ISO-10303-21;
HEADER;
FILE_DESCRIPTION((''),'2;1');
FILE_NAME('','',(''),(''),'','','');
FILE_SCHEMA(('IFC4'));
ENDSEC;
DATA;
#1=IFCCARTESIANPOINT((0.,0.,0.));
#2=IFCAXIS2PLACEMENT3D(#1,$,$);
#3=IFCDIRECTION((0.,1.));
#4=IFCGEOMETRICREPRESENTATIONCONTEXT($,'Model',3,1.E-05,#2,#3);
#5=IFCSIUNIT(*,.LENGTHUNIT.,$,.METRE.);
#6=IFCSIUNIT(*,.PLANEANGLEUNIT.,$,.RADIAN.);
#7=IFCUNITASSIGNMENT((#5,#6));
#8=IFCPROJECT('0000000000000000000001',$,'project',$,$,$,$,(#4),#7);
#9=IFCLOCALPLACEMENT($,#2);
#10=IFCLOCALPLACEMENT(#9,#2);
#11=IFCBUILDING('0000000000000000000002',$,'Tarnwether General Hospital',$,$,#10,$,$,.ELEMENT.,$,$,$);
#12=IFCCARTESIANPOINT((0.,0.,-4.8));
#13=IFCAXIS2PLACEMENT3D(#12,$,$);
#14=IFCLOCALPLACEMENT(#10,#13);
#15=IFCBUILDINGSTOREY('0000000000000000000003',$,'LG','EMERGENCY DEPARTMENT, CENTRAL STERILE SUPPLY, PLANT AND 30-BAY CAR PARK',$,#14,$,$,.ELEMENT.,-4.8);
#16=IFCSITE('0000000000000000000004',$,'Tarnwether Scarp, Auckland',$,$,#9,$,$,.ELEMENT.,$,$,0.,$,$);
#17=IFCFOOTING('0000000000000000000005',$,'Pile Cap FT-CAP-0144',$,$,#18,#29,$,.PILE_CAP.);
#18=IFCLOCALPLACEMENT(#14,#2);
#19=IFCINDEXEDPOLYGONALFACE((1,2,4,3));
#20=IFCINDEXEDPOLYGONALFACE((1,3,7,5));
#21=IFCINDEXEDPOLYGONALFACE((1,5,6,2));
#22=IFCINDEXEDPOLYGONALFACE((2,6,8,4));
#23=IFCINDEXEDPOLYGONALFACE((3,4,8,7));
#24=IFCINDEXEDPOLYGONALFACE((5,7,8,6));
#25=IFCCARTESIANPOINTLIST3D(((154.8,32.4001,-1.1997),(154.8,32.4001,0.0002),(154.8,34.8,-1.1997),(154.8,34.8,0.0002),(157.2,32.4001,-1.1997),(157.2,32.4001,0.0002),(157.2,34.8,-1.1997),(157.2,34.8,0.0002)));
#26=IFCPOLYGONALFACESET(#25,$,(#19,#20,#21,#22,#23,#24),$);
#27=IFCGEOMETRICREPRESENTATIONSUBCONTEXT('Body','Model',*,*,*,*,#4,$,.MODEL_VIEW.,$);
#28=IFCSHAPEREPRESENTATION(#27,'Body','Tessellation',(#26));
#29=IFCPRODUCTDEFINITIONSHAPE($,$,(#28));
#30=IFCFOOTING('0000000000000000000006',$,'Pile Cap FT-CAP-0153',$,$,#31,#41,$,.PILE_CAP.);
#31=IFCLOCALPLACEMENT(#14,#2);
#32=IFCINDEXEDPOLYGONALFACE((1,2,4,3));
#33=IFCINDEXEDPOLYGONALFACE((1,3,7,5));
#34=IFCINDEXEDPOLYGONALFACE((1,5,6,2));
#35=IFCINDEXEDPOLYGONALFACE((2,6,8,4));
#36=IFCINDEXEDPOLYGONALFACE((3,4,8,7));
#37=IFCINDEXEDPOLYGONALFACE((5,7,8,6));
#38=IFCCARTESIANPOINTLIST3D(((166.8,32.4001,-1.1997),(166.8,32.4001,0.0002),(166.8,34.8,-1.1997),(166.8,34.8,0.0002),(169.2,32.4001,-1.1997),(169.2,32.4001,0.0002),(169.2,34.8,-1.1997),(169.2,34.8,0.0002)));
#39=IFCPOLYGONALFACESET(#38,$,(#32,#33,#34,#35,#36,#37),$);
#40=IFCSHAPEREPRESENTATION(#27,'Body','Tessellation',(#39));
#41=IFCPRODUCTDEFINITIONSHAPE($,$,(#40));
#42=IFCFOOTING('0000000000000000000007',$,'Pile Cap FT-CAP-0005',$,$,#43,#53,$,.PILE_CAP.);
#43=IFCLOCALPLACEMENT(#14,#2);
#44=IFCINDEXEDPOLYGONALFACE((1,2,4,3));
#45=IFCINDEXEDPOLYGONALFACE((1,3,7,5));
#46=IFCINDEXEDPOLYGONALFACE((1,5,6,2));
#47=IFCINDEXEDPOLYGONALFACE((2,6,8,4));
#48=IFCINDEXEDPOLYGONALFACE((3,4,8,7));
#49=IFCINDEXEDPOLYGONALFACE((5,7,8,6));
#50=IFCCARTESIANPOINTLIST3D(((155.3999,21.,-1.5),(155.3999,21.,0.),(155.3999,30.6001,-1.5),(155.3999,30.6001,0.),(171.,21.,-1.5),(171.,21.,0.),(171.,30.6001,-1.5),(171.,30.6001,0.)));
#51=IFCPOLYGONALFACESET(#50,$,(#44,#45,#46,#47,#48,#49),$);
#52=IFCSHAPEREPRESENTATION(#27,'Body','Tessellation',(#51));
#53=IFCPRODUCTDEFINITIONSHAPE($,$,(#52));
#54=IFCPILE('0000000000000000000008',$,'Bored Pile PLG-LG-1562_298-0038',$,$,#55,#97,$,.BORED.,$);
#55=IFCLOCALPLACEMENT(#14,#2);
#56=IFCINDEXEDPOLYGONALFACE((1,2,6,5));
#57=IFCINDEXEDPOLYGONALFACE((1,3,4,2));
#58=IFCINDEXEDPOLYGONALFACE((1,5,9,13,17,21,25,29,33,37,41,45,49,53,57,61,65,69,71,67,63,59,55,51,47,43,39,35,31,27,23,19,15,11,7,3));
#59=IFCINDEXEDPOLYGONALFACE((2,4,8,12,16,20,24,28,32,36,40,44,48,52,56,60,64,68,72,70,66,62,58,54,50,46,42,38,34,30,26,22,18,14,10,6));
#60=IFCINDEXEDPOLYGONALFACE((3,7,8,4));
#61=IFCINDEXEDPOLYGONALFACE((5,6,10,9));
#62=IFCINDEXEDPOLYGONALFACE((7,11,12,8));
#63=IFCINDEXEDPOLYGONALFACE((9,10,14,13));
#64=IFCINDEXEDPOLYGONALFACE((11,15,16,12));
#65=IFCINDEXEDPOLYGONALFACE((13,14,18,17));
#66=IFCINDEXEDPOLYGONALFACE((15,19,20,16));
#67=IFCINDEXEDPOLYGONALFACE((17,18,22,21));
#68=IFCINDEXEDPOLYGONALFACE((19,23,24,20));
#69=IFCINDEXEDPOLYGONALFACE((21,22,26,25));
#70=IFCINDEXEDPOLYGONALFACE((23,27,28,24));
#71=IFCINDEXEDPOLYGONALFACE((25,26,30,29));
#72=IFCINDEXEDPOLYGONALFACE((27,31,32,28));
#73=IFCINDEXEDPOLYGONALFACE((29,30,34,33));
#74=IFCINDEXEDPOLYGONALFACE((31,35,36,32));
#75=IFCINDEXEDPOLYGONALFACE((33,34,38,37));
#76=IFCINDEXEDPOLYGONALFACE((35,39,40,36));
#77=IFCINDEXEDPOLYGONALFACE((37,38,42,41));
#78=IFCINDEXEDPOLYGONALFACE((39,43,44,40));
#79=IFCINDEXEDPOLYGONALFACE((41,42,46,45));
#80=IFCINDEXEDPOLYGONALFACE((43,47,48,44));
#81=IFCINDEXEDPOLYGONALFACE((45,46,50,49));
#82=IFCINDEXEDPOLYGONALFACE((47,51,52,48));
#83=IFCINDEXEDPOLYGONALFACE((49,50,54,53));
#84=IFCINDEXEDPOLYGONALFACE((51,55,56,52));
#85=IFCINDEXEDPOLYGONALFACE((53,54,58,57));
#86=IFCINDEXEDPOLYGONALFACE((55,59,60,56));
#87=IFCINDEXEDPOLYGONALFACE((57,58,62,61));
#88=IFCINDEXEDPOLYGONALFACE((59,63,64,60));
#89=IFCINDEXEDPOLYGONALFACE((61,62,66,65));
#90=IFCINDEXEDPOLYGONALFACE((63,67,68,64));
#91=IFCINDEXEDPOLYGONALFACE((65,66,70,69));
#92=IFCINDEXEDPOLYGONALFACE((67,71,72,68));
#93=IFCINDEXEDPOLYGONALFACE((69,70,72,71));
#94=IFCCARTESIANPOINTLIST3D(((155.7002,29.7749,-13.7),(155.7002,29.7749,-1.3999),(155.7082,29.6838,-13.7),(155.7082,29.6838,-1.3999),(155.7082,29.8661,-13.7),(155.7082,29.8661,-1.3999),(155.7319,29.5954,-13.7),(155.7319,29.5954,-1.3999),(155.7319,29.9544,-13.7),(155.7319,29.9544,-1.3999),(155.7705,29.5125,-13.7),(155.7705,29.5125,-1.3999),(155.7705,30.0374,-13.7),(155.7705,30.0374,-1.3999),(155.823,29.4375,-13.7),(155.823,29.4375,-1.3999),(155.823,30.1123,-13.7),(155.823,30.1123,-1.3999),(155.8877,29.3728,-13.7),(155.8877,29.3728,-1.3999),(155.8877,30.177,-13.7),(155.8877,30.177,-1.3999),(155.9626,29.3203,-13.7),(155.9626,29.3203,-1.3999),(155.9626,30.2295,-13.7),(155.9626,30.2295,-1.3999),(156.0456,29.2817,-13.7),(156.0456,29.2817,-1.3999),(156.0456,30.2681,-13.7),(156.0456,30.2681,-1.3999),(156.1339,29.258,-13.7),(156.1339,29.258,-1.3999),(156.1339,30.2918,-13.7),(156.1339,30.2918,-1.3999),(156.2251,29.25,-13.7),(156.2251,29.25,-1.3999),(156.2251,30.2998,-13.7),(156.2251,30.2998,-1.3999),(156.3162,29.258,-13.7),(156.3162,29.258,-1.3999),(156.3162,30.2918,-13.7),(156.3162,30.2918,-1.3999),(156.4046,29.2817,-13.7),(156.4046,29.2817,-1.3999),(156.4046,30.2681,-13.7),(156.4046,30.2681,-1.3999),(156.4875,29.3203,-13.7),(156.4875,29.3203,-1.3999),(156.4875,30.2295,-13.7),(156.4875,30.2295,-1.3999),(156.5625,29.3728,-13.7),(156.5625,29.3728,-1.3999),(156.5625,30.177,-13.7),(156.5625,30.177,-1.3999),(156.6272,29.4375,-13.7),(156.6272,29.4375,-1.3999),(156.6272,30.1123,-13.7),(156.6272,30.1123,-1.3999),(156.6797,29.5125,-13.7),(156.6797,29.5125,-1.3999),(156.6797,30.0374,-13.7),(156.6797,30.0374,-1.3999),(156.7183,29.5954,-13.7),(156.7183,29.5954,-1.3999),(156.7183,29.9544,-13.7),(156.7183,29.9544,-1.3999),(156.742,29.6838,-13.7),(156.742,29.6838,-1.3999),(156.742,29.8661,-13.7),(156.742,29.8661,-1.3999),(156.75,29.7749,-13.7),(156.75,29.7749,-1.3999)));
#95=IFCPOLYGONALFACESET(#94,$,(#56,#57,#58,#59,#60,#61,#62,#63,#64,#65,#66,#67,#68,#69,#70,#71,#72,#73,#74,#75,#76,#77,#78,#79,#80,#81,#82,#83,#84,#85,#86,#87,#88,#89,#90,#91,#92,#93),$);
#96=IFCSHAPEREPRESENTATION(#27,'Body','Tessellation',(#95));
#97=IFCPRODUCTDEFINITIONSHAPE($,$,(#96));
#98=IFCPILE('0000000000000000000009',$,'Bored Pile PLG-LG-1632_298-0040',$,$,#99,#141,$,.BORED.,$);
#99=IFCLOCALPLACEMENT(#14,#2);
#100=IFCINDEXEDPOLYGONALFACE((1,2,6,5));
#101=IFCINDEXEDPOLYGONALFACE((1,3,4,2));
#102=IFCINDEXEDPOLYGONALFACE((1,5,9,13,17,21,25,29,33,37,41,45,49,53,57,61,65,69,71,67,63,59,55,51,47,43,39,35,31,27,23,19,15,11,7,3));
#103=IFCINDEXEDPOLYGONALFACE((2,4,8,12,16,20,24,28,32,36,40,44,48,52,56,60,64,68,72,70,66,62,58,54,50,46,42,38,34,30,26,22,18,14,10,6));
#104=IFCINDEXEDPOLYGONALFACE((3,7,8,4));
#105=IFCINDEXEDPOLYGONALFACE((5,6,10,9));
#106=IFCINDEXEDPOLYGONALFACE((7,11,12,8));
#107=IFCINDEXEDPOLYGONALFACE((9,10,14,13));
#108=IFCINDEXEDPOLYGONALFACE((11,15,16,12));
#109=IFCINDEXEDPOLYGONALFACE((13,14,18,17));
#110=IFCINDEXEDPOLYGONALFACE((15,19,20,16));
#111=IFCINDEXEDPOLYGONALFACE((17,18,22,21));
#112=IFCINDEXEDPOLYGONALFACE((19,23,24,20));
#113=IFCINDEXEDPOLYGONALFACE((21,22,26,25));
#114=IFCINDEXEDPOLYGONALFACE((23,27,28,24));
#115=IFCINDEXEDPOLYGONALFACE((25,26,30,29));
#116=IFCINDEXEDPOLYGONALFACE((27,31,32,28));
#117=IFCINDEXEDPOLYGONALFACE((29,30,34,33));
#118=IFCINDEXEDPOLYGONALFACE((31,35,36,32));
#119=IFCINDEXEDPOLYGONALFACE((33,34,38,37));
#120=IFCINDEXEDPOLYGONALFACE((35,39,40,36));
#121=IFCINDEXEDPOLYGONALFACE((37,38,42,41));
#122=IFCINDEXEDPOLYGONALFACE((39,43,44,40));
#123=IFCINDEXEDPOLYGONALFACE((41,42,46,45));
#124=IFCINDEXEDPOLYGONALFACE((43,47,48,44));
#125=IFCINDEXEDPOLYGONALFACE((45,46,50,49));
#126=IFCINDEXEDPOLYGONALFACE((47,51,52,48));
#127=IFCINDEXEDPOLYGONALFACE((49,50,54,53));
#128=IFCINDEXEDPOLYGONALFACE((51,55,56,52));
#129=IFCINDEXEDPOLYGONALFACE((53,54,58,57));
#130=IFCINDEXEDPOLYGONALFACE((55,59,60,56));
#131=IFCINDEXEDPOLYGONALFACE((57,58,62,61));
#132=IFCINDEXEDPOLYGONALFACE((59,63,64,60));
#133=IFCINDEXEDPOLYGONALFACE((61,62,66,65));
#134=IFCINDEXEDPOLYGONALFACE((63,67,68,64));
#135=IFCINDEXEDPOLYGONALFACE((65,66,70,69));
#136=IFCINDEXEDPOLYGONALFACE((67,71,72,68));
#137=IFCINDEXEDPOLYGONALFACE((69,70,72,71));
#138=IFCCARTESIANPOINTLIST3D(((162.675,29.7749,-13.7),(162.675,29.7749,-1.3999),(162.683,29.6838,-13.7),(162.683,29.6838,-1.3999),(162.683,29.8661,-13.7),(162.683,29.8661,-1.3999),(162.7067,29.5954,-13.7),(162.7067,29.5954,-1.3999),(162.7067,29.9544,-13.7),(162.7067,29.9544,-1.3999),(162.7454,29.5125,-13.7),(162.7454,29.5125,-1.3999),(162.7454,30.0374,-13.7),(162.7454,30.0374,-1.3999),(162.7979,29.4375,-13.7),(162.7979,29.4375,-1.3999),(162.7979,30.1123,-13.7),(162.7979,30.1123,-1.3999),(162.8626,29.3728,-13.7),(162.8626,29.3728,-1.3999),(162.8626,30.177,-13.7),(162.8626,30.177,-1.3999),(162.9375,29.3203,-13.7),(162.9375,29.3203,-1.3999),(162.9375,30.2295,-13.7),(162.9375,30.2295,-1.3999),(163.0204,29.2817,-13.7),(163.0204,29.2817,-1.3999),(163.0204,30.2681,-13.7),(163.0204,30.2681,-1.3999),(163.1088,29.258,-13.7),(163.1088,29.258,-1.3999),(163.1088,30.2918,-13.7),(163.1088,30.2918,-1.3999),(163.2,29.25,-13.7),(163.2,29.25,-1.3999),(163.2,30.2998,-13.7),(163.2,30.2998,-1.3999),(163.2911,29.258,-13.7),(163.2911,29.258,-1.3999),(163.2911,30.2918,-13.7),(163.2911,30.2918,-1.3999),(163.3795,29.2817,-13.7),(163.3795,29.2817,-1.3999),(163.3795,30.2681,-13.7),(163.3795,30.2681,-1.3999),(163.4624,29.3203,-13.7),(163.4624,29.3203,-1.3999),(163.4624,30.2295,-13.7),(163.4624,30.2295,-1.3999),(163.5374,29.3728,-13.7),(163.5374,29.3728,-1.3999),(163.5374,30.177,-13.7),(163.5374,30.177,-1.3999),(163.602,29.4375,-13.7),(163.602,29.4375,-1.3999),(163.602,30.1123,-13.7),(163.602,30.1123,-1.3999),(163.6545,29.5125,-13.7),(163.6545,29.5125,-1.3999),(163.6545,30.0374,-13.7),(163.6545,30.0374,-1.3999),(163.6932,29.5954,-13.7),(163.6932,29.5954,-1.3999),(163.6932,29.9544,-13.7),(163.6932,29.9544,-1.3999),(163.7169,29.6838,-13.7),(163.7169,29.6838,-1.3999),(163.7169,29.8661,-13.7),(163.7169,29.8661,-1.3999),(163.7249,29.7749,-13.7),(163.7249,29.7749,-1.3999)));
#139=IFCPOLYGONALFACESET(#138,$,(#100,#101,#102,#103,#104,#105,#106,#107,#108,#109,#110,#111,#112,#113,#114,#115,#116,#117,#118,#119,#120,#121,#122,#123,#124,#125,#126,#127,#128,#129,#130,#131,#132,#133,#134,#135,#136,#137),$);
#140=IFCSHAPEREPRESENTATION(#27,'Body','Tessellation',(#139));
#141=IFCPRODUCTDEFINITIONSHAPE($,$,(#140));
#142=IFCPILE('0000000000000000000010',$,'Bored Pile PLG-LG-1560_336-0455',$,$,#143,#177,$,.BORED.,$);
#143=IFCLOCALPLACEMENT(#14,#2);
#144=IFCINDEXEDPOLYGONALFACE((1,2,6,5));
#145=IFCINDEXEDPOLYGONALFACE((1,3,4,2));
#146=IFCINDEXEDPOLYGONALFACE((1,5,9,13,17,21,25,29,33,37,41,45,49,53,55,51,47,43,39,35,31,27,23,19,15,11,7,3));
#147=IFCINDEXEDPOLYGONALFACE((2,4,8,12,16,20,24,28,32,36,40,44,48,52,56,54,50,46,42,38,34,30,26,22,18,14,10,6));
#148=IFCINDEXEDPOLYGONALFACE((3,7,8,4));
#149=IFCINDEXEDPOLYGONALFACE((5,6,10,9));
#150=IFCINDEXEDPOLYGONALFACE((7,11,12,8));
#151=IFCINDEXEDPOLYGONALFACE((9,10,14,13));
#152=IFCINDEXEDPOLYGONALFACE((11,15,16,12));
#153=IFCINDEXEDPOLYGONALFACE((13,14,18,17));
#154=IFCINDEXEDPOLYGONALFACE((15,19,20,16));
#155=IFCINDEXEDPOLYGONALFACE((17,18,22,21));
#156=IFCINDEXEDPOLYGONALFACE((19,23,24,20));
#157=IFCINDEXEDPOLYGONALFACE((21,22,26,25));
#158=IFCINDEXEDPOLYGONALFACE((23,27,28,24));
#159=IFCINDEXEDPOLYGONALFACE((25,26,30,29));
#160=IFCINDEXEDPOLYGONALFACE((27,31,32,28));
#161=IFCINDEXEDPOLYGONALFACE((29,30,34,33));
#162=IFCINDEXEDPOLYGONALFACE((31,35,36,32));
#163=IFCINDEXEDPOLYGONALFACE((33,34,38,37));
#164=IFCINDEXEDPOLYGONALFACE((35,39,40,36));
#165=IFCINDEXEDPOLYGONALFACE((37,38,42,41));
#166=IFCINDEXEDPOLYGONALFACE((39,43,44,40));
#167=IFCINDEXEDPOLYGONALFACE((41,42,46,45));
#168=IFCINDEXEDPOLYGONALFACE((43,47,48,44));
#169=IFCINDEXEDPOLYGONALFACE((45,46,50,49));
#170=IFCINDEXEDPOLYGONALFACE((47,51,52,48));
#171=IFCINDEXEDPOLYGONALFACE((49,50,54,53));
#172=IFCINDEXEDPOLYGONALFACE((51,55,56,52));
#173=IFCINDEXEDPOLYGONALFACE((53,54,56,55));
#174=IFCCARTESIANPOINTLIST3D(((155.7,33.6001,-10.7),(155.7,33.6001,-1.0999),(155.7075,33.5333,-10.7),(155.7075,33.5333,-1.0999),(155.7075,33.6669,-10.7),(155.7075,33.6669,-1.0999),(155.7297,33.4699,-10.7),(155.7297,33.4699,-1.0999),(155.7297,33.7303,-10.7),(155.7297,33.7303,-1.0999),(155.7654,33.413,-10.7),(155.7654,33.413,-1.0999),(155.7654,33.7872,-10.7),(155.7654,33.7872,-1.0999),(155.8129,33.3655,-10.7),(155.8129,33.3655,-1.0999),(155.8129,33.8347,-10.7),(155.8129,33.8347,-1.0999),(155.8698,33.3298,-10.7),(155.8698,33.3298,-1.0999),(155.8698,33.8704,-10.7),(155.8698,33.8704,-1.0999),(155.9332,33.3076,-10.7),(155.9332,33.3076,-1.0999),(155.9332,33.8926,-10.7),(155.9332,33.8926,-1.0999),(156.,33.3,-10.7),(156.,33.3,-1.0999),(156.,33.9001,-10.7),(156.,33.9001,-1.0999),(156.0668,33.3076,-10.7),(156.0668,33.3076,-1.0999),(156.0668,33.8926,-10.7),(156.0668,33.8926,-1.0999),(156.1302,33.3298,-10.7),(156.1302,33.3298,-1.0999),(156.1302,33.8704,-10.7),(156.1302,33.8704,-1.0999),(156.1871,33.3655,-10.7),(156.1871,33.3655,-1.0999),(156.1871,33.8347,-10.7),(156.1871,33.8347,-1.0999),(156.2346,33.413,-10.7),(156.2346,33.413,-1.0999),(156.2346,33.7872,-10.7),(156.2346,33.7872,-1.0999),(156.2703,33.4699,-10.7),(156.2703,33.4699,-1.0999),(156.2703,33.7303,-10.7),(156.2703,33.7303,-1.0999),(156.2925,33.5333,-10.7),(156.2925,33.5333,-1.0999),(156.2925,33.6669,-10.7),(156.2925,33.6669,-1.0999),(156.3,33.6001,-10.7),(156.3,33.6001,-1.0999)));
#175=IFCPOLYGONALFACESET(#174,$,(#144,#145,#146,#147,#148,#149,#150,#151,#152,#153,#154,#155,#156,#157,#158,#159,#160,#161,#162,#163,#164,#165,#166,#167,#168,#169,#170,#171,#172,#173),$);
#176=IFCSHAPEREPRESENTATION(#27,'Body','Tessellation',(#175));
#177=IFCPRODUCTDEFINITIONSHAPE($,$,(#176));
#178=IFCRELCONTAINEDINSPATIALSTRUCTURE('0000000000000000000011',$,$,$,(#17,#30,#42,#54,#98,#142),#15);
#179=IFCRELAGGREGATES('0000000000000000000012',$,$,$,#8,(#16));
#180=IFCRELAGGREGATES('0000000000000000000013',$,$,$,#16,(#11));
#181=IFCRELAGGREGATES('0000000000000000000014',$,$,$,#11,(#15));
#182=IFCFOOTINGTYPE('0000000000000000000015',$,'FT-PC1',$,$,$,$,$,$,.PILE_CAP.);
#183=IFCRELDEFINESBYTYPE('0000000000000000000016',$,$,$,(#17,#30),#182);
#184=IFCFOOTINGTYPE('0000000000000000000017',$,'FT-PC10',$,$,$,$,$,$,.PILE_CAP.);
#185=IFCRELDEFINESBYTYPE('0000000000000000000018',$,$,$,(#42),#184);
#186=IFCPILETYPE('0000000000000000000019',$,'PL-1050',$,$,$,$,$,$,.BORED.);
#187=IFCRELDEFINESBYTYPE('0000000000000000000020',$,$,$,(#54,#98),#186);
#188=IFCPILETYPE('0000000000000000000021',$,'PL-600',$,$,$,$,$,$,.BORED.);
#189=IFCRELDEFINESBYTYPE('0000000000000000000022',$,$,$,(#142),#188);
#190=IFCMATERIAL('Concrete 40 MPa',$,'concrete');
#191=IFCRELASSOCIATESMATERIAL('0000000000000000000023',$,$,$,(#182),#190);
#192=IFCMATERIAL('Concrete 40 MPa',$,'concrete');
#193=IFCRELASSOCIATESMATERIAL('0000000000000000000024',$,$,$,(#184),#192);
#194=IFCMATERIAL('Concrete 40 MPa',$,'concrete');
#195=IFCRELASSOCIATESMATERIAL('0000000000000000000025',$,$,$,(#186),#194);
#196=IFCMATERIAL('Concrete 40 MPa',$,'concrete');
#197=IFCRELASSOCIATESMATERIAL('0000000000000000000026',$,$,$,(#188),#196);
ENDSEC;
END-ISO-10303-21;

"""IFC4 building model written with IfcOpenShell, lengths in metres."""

from ifc_helpers import new_model, si_unit, direction, frame, origin, origin_2d, place, context, subcontext, project, spatial, rectangle, circle, extrude, material, material_profile, profile_set, type_object, element, save


model = new_model("IFC4")

# Units and contexts
model_context = context("Model", 3, precision=1e-05, world=origin(), true_north=direction((0.0, 1.0)))
body_context = subcontext(model_context, "Body", "Model", "MODEL_VIEW")
ifc_project = project(units=[si_unit("LENGTHUNIT", "METRE"), si_unit("PLANEANGLEUNIT", "RADIAN")], contexts=[model_context])

# Site, building, storey
site_placement = place(None, origin())
site = spatial("IfcSite", under=ifc_project, at=site_placement, Name="Tarnwether Scarp, Auckland", CompositionType="ELEMENT", RefElevation=0.0)
building_placement = place(site_placement, origin())
building = spatial("IfcBuilding", under=site, at=building_placement, Name="Tarnwether General Hospital", CompositionType="ELEMENT")
storey_placement = place(building_placement, frame((0.0, 0.0, -4.8)))
storey = spatial("IfcBuildingStorey", under=building, at=storey_placement, Name="LG", Description="EMERGENCY DEPARTMENT, CENTRAL STERILE SUPPLY, PLANT AND 30-BAY CAR PARK", CompositionType="ELEMENT", Elevation=-4.8)

# Footings
ifc_material_1 = material(Name="Concrete 40 MPa", Category="concrete")
footing_type_1 = type_object("IfcFootingType", Name="FT-PC1", PredefinedType="PILE_CAP", material=ifc_material_1)
for number, where, z_axis, x_axis, name in (
    (1, (156.0, 33.6001, -1.1997), (0.0, 0.0, 1.0), (1.0, 0.0, 0.0), "Pile Cap FT-CAP-0144"),
    (2, (168.0, 33.6001, -1.1997), (0.0, 0.0, 1.0), (1.0, 0.0, 0.0), "Pile Cap FT-CAP-0153"),
):
    element("IfcFooting", number, at=place(storey_placement, frame(where, z_axis=z_axis, x_axis=x_axis)), inside=storey, type_object=footing_type_1, Name=name, PredefinedType="PILE_CAP", context=body_context, shape_type="SweptSolid", body=[
        extrude(rectangle(XDim=2.3999, YDim=2.3999, at=origin_2d()), origin(), (0.0, 0.0, 1.0), 1.2),
    ])
ifc_material_2 = material(Name="Concrete 40 MPa", Category="concrete")
footing_type_2 = type_object("IfcFootingType", Name="FT-PC10", PredefinedType="PILE_CAP", material=ifc_material_2)
footing_placement = place(storey_placement, frame((163.2, 25.8, -1.5), z_axis=(0.0, 0.0, 1.0), x_axis=(1.0, 0.0, 0.0)))
element("IfcFooting", 3, at=footing_placement, inside=storey, type_object=footing_type_2, Name="Pile Cap FT-CAP-0005", PredefinedType="PILE_CAP", context=body_context, shape_type="SweptSolid", body=[
    extrude(rectangle(XDim=15.6001, YDim=9.6001, at=origin_2d()), origin(), (0.0, 0.0, 1.0), 1.5),
])

# Piles
ifc_material_3 = material(Name="Concrete 40 MPa", Category="concrete")
ifc_material_profile_1 = material_profile(ifc_material_3, circle(Radius=0.5249, at=origin_2d()), Name="PILE-D1050")
ifc_profile_set_1 = profile_set([ifc_material_profile_1], Name="Concrete 40 MPa")
pile_type_1 = type_object("IfcPileType", Name="PL-1050", PredefinedType="BORED", material=ifc_profile_set_1)
for number, where, z_axis, x_axis, name in (
    (4, (156.2251, 29.7749, -1.3999), (0.0, 0.0, -1.0), (1.0, 0.0, 0.0), "Bored Pile PLG-LG-1562_298-0038"),
    (5, (163.2, 29.7749, -1.3999), (0.0, 0.0, -1.0), (1.0, 0.0, 0.0), "Bored Pile PLG-LG-1632_298-0040"),
):
    element("IfcPile", number, at=place(storey_placement, frame(where, z_axis=z_axis, x_axis=x_axis)), inside=storey, type_object=pile_type_1, Name=name, PredefinedType="BORED", context=body_context, shape_type="SweptSolid", body=[
        extrude(circle(Radius=0.5249, at=origin_2d()), origin(), (0.0, 0.0, 1.0), 12.3),
    ])
ifc_material_4 = material(Name="Concrete 40 MPa", Category="concrete")
ifc_material_profile_2 = material_profile(ifc_material_4, circle(Radius=0.3, at=origin_2d()), Name="PILE-D600")
ifc_profile_set_2 = profile_set([ifc_material_profile_2], Name="Concrete 40 MPa")
pile_type_2 = type_object("IfcPileType", Name="PL-600", PredefinedType="BORED", material=ifc_profile_set_2)
for number, where, z_axis, x_axis, name in (
    (6, (156.0, 33.6001, -1.0999), (0.0, 0.0, -1.0), (1.0, 0.0, 0.0), "Bored Pile PLG-LG-1560_336-0455"),
):
    element("IfcPile", number, at=place(storey_placement, frame(where, z_axis=z_axis, x_axis=x_axis)), inside=storey, type_object=pile_type_2, Name=name, PredefinedType="BORED", context=body_context, shape_type="SweptSolid", body=[
        extrude(circle(Radius=0.3, at=origin_2d()), origin(), (0.0, 0.0, 1.0), 9.6001),
    ])

save(model, "model.ifc")
